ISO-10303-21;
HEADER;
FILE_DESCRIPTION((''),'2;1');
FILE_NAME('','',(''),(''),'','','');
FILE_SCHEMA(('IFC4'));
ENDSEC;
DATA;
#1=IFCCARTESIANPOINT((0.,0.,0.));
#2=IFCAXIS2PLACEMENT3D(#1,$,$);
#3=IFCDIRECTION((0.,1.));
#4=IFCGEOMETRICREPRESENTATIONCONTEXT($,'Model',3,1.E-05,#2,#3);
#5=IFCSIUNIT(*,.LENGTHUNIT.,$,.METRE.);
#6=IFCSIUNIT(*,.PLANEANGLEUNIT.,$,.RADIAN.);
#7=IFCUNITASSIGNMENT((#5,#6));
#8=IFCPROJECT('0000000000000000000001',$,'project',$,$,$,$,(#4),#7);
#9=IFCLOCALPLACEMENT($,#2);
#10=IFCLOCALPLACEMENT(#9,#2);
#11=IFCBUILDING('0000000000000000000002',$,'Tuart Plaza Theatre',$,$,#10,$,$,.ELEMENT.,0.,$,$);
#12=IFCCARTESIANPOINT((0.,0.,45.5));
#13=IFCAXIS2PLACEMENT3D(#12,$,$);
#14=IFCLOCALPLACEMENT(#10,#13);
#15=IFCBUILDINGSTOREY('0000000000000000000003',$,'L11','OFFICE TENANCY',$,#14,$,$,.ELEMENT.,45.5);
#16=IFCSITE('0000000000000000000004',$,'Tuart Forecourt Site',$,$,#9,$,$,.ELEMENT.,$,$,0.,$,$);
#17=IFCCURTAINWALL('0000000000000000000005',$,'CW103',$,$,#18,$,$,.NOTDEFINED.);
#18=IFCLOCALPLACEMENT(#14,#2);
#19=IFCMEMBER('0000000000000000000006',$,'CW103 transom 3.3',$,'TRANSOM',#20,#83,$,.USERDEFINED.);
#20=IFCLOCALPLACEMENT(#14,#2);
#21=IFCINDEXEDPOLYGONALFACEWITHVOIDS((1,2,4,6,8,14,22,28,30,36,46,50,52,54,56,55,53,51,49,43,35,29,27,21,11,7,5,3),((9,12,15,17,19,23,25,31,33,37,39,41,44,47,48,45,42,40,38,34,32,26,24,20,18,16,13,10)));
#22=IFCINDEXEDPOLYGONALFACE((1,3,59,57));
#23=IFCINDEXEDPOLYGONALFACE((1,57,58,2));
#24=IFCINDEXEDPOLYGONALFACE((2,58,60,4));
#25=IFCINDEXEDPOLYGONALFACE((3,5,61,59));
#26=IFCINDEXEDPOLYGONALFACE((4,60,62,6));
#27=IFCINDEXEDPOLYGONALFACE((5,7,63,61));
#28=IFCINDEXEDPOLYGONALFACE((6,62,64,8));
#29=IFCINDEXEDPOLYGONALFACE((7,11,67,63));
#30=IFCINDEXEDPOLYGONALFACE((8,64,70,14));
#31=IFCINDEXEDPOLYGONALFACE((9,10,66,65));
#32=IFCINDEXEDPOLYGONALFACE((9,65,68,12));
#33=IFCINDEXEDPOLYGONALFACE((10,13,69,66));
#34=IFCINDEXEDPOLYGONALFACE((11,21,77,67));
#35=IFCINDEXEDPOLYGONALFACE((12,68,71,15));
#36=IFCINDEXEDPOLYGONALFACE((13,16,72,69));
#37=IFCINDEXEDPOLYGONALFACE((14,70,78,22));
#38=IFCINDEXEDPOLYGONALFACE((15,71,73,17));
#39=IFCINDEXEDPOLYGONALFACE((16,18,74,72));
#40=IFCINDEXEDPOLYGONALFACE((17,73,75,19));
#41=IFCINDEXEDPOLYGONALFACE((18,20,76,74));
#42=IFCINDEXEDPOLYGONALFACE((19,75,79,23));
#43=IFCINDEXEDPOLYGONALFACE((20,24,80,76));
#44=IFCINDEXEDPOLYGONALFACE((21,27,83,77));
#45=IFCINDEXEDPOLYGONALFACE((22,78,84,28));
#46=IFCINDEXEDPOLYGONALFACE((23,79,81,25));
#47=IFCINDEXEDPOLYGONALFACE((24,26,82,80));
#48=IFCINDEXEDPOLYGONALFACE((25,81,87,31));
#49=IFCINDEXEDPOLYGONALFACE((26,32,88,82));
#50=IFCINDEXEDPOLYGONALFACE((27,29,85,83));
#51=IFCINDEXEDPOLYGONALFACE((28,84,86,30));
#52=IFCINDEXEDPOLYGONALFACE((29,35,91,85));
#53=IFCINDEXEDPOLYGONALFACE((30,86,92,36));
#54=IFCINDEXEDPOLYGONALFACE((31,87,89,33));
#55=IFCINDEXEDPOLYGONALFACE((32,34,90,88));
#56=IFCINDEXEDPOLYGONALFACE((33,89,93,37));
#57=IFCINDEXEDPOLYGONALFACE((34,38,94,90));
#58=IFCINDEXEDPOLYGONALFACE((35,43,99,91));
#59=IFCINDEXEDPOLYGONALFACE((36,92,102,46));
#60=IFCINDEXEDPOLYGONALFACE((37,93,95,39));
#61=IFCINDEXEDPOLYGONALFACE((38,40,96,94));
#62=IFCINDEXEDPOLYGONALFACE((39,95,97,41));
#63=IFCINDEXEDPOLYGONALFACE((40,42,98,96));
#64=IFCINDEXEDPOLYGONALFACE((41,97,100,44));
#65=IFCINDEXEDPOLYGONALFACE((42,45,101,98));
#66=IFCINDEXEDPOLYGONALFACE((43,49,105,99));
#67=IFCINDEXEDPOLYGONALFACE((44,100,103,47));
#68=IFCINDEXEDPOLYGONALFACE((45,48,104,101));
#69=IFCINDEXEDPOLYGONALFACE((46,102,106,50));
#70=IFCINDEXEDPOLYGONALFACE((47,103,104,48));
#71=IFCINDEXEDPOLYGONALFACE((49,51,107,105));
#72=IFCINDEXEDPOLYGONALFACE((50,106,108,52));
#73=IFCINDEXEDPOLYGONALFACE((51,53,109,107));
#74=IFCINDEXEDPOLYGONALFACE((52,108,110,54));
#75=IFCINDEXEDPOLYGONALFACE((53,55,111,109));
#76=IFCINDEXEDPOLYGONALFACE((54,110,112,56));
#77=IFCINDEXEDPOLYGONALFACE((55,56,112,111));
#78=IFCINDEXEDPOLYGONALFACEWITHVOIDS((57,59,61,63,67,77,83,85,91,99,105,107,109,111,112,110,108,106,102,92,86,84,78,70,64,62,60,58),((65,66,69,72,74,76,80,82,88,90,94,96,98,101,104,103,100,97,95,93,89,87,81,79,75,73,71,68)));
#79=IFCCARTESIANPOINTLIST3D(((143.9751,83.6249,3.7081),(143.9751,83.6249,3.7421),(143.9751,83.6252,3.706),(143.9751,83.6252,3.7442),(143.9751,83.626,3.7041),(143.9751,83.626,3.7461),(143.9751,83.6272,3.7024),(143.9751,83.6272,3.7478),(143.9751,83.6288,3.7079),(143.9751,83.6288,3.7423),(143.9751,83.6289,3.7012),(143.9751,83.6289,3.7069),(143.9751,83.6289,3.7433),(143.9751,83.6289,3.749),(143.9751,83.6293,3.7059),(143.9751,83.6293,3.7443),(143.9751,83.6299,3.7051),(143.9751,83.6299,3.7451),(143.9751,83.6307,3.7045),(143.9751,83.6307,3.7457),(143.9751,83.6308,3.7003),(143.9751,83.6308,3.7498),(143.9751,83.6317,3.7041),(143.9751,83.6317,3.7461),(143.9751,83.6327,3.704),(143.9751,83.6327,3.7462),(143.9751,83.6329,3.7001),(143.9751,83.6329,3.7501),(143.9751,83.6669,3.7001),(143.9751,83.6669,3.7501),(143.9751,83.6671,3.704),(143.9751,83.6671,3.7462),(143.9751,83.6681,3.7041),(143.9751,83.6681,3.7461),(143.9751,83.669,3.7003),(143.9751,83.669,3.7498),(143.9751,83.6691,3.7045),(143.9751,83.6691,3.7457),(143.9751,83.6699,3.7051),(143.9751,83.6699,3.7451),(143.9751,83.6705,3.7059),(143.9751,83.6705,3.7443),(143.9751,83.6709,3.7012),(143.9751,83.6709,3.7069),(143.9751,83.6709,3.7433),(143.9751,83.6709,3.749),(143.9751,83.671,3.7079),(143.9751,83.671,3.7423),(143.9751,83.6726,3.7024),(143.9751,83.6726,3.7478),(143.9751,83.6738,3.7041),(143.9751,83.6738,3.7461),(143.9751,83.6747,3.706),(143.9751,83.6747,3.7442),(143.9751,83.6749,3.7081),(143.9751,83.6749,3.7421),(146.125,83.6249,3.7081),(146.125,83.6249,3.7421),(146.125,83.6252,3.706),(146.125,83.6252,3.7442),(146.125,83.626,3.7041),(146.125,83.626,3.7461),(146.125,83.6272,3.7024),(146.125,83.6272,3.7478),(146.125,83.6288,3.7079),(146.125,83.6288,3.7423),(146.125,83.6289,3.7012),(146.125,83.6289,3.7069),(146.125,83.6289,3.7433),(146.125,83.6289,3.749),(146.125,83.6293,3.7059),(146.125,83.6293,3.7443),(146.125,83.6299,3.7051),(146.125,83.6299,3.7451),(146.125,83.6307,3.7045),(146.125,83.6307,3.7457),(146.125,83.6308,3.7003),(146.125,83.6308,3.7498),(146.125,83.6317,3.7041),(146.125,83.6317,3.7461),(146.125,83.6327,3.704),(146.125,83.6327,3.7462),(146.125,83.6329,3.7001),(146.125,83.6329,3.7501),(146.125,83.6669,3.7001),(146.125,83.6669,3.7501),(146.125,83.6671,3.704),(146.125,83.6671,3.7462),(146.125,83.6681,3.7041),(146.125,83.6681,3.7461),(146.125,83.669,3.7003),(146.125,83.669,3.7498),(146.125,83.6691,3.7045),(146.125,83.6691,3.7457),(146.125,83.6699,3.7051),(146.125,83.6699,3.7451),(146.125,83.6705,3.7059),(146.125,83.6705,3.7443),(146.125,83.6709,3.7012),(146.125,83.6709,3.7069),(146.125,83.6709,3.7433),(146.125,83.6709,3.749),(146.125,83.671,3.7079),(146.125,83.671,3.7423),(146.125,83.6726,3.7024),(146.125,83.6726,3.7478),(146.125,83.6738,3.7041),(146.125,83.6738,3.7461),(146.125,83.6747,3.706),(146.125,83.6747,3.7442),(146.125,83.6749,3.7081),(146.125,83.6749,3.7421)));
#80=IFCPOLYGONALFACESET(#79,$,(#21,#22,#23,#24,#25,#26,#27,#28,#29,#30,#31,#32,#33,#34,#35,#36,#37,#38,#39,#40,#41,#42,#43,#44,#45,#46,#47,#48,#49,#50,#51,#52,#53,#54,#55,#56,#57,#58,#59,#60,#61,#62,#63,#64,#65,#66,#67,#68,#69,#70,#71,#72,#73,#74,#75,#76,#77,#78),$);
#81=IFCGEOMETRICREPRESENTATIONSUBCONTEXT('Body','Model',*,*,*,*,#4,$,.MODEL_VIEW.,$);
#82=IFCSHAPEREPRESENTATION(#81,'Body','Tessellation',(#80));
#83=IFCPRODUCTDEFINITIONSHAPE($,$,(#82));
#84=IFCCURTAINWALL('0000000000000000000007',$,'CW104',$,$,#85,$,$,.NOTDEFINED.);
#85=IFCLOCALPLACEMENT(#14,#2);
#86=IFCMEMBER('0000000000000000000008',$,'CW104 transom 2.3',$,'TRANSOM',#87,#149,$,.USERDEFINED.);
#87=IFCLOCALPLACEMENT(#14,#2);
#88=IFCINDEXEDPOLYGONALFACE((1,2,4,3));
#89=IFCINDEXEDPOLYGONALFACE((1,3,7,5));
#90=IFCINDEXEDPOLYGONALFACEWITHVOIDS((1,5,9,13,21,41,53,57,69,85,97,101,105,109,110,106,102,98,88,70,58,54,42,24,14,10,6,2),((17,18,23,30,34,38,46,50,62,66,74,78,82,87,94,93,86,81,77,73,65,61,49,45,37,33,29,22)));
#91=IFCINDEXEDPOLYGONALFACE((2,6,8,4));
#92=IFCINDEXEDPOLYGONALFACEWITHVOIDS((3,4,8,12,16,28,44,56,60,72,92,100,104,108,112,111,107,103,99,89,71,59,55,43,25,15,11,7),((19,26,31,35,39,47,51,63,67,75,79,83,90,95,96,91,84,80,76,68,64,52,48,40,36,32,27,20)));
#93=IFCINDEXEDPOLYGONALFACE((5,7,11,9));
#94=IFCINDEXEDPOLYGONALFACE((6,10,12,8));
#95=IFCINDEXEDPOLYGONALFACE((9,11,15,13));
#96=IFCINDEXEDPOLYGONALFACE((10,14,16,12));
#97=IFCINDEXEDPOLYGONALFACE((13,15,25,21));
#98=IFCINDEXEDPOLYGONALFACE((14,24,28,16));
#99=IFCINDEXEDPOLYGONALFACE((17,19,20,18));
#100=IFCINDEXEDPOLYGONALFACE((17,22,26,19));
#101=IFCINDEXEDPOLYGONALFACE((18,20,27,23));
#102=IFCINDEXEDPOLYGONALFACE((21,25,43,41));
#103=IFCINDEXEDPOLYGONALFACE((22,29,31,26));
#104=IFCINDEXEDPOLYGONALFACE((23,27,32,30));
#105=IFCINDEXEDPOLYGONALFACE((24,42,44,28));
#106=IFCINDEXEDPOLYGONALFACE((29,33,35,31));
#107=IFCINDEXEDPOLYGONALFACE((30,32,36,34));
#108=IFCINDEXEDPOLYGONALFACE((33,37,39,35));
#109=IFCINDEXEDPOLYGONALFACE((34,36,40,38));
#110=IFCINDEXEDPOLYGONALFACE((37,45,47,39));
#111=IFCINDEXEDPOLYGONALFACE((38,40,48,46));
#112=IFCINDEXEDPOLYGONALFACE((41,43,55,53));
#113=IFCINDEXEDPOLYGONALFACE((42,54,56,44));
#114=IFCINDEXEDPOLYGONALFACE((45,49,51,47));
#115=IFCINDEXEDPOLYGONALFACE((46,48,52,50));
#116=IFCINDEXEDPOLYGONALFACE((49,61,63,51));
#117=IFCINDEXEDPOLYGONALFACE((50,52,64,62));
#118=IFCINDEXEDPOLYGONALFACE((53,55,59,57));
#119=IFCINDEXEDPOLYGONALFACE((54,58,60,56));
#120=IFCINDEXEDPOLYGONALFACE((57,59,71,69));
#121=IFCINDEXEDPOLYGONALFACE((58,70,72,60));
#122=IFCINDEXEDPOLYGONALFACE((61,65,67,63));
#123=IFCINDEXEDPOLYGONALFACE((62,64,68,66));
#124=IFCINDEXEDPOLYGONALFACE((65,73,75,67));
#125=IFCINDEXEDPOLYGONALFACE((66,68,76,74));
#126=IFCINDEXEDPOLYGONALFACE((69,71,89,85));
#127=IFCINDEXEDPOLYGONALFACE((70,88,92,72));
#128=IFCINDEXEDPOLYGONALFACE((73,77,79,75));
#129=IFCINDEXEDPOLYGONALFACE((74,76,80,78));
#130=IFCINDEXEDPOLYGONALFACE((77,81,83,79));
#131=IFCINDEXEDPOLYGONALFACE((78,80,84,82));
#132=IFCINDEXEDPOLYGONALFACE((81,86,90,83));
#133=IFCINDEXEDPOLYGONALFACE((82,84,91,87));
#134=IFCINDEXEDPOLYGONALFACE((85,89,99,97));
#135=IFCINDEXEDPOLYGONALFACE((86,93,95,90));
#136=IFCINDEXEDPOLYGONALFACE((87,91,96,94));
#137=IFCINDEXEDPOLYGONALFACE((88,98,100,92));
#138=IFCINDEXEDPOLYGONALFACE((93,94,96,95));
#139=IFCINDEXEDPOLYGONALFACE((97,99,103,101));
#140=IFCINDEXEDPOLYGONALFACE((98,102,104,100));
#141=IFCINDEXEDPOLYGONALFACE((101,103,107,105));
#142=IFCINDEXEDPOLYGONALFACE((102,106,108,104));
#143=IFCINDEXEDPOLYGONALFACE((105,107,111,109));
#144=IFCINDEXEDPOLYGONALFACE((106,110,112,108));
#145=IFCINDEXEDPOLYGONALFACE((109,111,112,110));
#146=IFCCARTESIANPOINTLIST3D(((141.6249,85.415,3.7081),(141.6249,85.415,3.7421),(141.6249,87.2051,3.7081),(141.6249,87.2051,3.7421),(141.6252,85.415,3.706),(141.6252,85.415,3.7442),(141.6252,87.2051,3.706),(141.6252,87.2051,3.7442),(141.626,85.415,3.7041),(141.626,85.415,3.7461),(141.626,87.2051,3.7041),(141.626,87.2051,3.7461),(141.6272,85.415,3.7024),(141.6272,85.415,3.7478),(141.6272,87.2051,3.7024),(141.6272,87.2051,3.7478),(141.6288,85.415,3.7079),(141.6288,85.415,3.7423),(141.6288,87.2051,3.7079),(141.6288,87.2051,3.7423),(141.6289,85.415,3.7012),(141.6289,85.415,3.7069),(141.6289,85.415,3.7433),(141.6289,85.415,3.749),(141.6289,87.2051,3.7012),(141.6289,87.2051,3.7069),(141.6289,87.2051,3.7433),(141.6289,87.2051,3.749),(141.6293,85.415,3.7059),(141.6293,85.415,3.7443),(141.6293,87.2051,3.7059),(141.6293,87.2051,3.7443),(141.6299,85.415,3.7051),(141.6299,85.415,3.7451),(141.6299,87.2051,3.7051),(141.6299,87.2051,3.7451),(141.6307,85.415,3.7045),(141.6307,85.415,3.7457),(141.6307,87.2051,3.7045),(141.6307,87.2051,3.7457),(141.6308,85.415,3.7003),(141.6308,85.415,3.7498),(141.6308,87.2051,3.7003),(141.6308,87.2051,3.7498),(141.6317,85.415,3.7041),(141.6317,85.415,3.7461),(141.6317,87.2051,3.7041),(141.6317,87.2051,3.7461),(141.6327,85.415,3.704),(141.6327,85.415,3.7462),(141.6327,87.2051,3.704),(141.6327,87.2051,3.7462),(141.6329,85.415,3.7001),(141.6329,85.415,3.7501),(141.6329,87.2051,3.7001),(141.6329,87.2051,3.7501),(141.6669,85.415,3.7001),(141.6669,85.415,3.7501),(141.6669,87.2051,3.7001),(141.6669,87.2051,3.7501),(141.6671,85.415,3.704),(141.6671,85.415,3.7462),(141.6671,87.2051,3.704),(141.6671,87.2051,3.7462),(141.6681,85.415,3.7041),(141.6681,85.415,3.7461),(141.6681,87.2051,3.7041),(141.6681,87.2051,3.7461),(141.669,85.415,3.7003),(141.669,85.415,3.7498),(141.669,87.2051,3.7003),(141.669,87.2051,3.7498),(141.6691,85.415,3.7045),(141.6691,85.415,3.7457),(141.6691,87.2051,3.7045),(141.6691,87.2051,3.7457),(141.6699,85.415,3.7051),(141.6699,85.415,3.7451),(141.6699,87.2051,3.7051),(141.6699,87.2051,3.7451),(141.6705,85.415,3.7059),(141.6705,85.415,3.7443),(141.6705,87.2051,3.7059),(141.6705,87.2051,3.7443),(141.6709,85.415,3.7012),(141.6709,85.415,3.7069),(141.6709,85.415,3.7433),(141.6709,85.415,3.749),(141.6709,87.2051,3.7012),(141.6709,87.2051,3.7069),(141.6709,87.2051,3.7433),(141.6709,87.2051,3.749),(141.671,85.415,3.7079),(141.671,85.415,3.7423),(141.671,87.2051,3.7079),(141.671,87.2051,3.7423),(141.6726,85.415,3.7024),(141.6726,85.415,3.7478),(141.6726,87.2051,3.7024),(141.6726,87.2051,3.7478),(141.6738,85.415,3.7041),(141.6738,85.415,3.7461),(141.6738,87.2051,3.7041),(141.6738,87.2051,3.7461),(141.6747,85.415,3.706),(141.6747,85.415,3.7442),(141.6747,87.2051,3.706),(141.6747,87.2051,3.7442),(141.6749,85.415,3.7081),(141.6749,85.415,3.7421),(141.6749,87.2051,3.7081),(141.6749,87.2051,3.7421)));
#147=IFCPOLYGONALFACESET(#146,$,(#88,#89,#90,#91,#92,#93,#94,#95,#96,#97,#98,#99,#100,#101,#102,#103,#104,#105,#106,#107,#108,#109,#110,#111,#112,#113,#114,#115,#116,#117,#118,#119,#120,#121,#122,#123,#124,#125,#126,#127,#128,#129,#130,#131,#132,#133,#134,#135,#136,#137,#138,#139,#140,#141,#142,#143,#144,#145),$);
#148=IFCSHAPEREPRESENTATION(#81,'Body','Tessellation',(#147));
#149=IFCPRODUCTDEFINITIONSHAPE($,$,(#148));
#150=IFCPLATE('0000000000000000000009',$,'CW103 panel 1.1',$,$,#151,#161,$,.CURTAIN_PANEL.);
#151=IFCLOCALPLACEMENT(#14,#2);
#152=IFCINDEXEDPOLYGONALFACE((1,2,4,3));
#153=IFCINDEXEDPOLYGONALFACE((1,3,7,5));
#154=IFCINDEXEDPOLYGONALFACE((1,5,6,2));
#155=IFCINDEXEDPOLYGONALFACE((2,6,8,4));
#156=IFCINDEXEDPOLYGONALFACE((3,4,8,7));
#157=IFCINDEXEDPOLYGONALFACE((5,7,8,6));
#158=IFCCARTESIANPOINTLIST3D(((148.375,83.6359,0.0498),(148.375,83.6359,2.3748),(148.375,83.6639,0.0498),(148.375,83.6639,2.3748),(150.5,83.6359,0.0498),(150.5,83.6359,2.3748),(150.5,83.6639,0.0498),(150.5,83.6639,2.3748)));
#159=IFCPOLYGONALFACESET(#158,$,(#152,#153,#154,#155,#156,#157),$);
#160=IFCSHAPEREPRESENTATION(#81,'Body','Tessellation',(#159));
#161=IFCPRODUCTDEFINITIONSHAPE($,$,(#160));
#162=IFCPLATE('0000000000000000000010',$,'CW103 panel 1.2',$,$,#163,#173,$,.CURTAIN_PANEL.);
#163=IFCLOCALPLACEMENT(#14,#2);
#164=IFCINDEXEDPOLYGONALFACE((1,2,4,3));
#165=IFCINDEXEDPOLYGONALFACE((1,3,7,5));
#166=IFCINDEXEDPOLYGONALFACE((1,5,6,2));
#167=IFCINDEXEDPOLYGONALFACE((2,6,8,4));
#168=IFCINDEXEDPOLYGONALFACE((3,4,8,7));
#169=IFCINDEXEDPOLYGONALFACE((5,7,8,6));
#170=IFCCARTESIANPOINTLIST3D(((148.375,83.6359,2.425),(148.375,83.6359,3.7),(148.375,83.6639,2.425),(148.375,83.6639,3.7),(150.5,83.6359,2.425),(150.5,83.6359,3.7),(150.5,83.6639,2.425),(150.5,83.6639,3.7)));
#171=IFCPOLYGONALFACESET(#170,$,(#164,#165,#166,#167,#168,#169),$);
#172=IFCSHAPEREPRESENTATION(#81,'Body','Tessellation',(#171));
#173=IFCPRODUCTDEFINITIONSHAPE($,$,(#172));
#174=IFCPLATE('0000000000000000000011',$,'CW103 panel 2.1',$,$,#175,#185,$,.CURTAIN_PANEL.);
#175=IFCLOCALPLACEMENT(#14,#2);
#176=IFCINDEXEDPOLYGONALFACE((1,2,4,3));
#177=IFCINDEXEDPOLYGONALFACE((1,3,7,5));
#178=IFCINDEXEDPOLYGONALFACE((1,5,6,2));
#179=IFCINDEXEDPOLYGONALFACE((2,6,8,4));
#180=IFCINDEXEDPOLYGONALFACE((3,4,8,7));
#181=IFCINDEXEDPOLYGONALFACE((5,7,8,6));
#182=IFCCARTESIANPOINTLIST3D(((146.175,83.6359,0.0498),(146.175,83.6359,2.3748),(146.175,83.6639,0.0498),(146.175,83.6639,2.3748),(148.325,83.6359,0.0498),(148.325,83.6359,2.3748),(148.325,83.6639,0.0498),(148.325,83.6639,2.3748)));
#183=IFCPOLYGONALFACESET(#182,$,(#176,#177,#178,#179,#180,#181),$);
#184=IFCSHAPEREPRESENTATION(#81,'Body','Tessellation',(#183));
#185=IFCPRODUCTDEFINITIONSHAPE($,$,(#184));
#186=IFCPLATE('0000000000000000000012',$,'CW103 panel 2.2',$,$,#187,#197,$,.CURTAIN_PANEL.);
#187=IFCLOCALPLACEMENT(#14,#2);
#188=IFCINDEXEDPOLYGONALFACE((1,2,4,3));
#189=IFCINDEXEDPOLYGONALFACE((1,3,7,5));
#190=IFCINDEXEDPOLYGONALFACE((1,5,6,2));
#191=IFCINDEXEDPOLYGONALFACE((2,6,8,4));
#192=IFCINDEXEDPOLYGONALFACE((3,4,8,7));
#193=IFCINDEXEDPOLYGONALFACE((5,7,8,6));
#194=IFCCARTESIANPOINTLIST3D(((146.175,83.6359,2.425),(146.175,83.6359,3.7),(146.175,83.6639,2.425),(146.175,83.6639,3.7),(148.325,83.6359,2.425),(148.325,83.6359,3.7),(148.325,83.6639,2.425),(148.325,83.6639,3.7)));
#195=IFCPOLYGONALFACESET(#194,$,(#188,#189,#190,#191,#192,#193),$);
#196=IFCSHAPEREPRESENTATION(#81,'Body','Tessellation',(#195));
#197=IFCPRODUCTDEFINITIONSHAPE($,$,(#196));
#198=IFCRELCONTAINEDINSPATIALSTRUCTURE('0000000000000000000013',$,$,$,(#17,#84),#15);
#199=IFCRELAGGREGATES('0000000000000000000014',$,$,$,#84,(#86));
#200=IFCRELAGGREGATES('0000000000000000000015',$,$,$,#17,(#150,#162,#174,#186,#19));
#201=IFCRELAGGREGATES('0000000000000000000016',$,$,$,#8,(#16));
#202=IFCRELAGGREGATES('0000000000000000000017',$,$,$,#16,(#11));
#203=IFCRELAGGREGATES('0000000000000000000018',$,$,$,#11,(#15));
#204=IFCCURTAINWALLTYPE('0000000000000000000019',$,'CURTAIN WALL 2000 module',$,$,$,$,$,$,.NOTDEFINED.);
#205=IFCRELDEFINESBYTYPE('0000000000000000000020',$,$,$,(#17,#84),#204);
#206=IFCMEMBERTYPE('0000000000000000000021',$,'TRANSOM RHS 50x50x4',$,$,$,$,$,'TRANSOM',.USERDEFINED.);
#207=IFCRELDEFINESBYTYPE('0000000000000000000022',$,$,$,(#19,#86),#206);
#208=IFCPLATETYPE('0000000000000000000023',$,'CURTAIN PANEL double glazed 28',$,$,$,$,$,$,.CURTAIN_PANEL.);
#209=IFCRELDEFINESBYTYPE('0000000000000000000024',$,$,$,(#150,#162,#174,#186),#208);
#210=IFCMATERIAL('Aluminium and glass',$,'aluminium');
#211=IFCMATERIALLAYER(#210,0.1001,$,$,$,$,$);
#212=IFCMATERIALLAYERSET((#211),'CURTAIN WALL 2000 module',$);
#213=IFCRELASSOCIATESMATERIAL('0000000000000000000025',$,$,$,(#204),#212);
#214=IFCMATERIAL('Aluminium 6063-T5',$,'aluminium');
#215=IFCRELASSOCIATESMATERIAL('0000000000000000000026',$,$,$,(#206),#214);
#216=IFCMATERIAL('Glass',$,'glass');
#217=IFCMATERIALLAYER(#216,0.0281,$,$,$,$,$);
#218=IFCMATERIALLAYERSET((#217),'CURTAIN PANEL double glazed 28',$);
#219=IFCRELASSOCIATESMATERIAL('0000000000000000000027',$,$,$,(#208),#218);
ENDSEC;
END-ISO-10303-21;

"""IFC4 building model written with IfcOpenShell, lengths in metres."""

from ifc_helpers import new_model, si_unit, direction, frame, origin, origin_2d, place, context, subcontext, project, spatial, rectangle, hollow_rectangle, extrude, material, layer, layer_set, material_profile, profile_set, type_object, element, aggregate, save


model = new_model("IFC4")

# Units and contexts
model_context = context("Model", 3, precision=1e-05, world=origin(), true_north=direction((0.0, 1.0)))
body_context = subcontext(model_context, "Body", "Model", "MODEL_VIEW")
ifc_project = project(units=[si_unit("LENGTHUNIT", "METRE"), si_unit("PLANEANGLEUNIT", "RADIAN")], contexts=[model_context])

# Site, building, storey
site_placement = place(None, origin())
site = spatial("IfcSite", under=ifc_project, at=site_placement, Name="Tuart Forecourt Site", CompositionType="ELEMENT", RefElevation=0.0)
building_placement = place(site_placement, origin())
building = spatial("IfcBuilding", under=site, at=building_placement, Name="Tuart Plaza Theatre", CompositionType="ELEMENT", ElevationOfRefHeight=0.0)
storey_placement = place(building_placement, frame((0.0, 0.0, 45.5)))
storey = spatial("IfcBuildingStorey", under=building, at=storey_placement, Name="L11", Description="OFFICE TENANCY", CompositionType="ELEMENT", Elevation=45.5)

# Shared definitions
ifc_material_1 = material(Name="Aluminium and glass", Category="aluminium")
ifc_layer_1 = layer(ifc_material_1, 0.1001)
ifc_layer_set_1 = layer_set([ifc_layer_1], Name="CURTAIN WALL 2000 module")
curtain_wall_type = type_object("IfcCurtainWallType", Name="CURTAIN WALL 2000 module", PredefinedType="NOTDEFINED", material=ifc_layer_set_1)

# Curtain wall, member
curtain_wall_1_placement = place(storey_placement, origin())
curtain_wall_1 = element("IfcCurtainWall", 1, at=curtain_wall_1_placement, inside=storey, type_object=curtain_wall_type, Name="CW103", PredefinedType="NOTDEFINED")
ifc_material_2 = material(Name="Aluminium 6063-T5", Category="aluminium")
ifc_material_profile_1 = material_profile(ifc_material_2, hollow_rectangle(XDim=0.05, YDim=0.05, WallThickness=0.0039, InnerFilletRadius=0.0039, OuterFilletRadius=0.0081, at=origin_2d()), Name="RHS 50x50x4")
ifc_profile_set_1 = profile_set([ifc_material_profile_1], Name="Aluminium 6063-T5")
member_type_1 = type_object("IfcMemberType", Name="TRANSOM RHS 50x50x4", ElementType="TRANSOM", PredefinedType="USERDEFINED", material=ifc_profile_set_1)
member_1_placement = place(storey_placement, frame((146.125, 83.6499, 3.7251), z_axis=(-1.0, 0.0, 0.0), x_axis=(0.0, -1.0, 0.0)))
member_1 = element("IfcMember", 2, at=member_1_placement, type_object=member_type_1, Name="CW103 transom 3.3", ObjectType="TRANSOM", PredefinedType="USERDEFINED", context=body_context, shape_type="SweptSolid", body=[
    extrude(hollow_rectangle(XDim=0.05, YDim=0.05, WallThickness=0.0039, InnerFilletRadius=0.0039, OuterFilletRadius=0.0081, at=origin_2d()), origin(), (0.0, 0.0, 1.0), 2.1499),
])

# Curtain wall, member
curtain_wall_2_placement = place(storey_placement, origin())
curtain_wall_2 = element("IfcCurtainWall", 3, at=curtain_wall_2_placement, inside=storey, type_object=curtain_wall_type, Name="CW104", PredefinedType="NOTDEFINED")
member_2_placement = place(storey_placement, frame((141.6499, 85.415, 3.7251), z_axis=(0.0, 1.0, 0.0), x_axis=(-1.0, 0.0, 0.0)))
member_2 = element("IfcMember", 4, at=member_2_placement, type_object=member_type_1, Name="CW104 transom 2.3", ObjectType="TRANSOM", PredefinedType="USERDEFINED", context=body_context, shape_type="SweptSolid", body=[
    extrude(hollow_rectangle(XDim=0.05, YDim=0.05, WallThickness=0.0039, InnerFilletRadius=0.0039, OuterFilletRadius=0.0081, at=origin_2d()), origin(), (0.0, 0.0, 1.0), 1.79),
])
aggregate(curtain_wall_2, [member_2])

# Plates
ifc_material_3 = material(Name="Glass", Category="glass")
ifc_layer_2 = layer(ifc_material_3, 0.0281)
ifc_layer_set_2 = layer_set([ifc_layer_2], Name="CURTAIN PANEL double glazed 28")
plate_type = type_object("IfcPlateType", Name="CURTAIN PANEL double glazed 28", PredefinedType="CURTAIN_PANEL", material=ifc_layer_set_2)
plate_1_placement = place(storey_placement, frame((149.4375, 83.6499, 0.0498), z_axis=(0.0, 0.0, 1.0), x_axis=(-1.0, 0.0, 0.0)))
plate_1 = element("IfcPlate", 5, at=plate_1_placement, type_object=plate_type, Name="CW103 panel 1.1", PredefinedType="CURTAIN_PANEL", context=body_context, shape_type="SweptSolid", body=[
    extrude(rectangle(XDim=2.125, YDim=0.0281, at=origin_2d()), origin(), (0.0, 0.0, 1.0), 2.325),
])
plate_2_placement = place(storey_placement, frame((149.4375, 83.6499, 2.425), z_axis=(0.0, 0.0, 1.0), x_axis=(-1.0, 0.0, 0.0)))
plate_2 = element("IfcPlate", 6, at=plate_2_placement, type_object=plate_type, Name="CW103 panel 1.2", PredefinedType="CURTAIN_PANEL", context=body_context, shape_type="SweptSolid", body=[
    extrude(rectangle(XDim=2.125, YDim=0.0281, at=origin_2d()), origin(), (0.0, 0.0, 1.0), 1.2749),
])
plate_3_placement = place(storey_placement, frame((147.25, 83.6499, 0.0498), z_axis=(0.0, 0.0, 1.0), x_axis=(-1.0, 0.0, 0.0)))
plate_3 = element("IfcPlate", 7, at=plate_3_placement, type_object=plate_type, Name="CW103 panel 2.1", PredefinedType="CURTAIN_PANEL", context=body_context, shape_type="SweptSolid", body=[
    extrude(rectangle(XDim=2.1499, YDim=0.0281, at=origin_2d()), origin(), (0.0, 0.0, 1.0), 2.325),
])
plate_4_placement = place(storey_placement, frame((147.25, 83.6499, 2.425), z_axis=(0.0, 0.0, 1.0), x_axis=(-1.0, 0.0, 0.0)))
plate_4 = element("IfcPlate", 8, at=plate_4_placement, type_object=plate_type, Name="CW103 panel 2.2", PredefinedType="CURTAIN_PANEL", context=body_context, shape_type="SweptSolid", body=[
    extrude(rectangle(XDim=2.1499, YDim=0.0281, at=origin_2d()), origin(), (0.0, 0.0, 1.0), 1.2749),
])
aggregate(curtain_wall_1, [plate_1, plate_2, plate_3, plate_4, member_1])

save(model, "model.ifc")
